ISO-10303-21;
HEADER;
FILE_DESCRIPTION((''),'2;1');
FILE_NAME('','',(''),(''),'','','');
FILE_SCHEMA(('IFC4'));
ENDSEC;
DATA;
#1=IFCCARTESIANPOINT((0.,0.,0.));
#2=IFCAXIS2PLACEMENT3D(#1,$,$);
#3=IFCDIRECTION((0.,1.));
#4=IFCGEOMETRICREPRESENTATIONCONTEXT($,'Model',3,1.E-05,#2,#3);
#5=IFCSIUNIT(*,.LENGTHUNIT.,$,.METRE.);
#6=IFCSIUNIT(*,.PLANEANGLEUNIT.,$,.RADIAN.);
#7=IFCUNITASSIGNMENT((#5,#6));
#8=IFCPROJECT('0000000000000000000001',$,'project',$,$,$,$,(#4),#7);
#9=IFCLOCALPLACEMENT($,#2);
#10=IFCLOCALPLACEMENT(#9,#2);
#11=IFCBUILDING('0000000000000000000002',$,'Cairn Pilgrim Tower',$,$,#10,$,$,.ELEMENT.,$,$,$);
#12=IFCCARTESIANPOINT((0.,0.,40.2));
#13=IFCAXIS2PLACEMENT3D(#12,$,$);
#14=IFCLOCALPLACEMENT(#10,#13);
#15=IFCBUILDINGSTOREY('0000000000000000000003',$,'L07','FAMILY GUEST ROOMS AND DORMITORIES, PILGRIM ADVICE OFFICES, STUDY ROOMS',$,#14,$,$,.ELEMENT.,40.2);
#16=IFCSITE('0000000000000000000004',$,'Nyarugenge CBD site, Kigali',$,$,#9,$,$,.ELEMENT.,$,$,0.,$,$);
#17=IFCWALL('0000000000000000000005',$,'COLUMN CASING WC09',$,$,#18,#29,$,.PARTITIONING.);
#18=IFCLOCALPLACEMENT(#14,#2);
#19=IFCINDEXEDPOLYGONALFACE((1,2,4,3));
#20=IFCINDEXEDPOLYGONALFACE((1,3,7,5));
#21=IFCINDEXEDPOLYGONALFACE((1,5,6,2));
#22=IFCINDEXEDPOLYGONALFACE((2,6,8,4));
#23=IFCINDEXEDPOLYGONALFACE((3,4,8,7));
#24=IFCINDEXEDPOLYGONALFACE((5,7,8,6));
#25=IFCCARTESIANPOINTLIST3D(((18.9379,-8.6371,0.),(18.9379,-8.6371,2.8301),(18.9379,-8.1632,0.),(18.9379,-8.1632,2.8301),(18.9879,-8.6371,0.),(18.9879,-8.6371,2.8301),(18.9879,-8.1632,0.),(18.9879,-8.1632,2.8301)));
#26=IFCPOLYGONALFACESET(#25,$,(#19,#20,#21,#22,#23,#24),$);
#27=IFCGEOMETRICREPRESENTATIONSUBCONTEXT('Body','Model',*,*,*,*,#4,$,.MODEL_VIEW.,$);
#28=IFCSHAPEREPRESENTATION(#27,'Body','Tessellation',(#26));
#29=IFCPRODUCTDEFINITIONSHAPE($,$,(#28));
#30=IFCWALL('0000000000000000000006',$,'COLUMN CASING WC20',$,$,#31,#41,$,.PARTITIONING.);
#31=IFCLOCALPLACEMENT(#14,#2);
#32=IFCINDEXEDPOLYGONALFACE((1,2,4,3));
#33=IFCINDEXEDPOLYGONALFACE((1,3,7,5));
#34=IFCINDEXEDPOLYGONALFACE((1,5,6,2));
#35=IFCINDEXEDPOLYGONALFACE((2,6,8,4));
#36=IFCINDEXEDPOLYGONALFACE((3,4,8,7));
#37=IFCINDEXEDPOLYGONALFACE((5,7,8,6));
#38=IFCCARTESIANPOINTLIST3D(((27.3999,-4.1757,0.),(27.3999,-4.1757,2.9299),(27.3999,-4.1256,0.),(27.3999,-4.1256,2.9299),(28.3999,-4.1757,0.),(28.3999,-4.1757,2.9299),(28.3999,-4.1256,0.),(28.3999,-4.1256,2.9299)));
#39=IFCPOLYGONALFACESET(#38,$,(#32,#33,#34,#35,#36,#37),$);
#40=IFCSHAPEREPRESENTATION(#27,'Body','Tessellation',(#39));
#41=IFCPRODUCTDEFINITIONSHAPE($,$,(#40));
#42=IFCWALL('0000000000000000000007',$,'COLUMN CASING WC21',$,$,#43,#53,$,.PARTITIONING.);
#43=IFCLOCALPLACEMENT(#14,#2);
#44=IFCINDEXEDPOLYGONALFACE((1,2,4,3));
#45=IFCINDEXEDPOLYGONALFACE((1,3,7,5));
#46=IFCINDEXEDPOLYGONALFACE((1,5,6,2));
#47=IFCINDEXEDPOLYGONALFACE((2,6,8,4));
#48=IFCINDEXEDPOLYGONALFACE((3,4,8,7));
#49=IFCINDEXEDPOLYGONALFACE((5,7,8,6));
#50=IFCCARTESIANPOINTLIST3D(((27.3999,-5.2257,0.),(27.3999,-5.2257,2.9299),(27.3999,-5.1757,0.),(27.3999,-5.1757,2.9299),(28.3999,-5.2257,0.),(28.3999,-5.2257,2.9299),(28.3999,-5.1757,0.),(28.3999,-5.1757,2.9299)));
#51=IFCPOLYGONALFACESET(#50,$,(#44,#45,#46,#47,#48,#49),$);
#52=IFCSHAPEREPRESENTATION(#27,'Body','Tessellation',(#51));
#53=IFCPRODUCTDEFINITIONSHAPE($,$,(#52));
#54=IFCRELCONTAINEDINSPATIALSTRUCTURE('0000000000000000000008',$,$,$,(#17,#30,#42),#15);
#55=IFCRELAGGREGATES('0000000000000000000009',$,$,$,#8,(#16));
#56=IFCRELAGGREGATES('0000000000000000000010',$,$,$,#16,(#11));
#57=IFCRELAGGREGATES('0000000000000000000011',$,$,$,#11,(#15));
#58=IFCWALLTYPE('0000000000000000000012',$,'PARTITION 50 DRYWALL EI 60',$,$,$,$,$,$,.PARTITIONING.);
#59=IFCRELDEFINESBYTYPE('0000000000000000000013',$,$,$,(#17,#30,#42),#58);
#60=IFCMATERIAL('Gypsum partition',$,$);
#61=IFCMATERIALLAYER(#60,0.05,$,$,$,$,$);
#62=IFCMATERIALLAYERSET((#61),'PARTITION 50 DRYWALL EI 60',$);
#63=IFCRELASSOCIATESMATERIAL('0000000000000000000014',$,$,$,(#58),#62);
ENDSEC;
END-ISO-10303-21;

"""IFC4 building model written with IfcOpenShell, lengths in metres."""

from ifc_helpers import new_model, si_unit, direction, frame, frame_2d, origin, place, context, subcontext, project, spatial, rectangle, extrude, material, layer, layer_set, type_object, element, save


model = new_model("IFC4")

# Units and contexts
model_context = context("Model", 3, precision=1e-05, world=origin(), true_north=direction((0.0, 1.0)))
body_context = subcontext(model_context, "Body", "Model", "MODEL_VIEW")
ifc_project = project(units=[si_unit("LENGTHUNIT", "METRE"), si_unit("PLANEANGLEUNIT", "RADIAN")], contexts=[model_context])

# Site, building, storey
site_placement = place(None, origin())
site = spatial("IfcSite", under=ifc_project, at=site_placement, Name="Nyarugenge CBD site, Kigali", CompositionType="ELEMENT", RefElevation=0.0)
building_placement = place(site_placement, origin())
building = spatial("IfcBuilding", under=site, at=building_placement, Name="Cairn Pilgrim Tower", CompositionType="ELEMENT")
storey_placement = place(building_placement, frame((0.0, 0.0, 40.2)))
storey = spatial("IfcBuildingStorey", under=building, at=storey_placement, Name="L07", Description="FAMILY GUEST ROOMS AND DORMITORIES, PILGRIM ADVICE OFFICES, STUDY ROOMS", CompositionType="ELEMENT", Elevation=40.2)

# Shared definitions
ifc_material_1 = material(Name="Gypsum partition")

# Walls
ifc_layer_1 = layer(ifc_material_1, 0.05)
ifc_layer_set_1 = layer_set([ifc_layer_1], Name="PARTITION 50 DRYWALL EI 60")
wall_type_1 = type_object("IfcWallType", Name="PARTITION 50 DRYWALL EI 60", PredefinedType="PARTITIONING", material=ifc_layer_set_1)
wall_1_placement = place(storey_placement, frame((18.9629, -8.637, 0.0), z_axis=(0.0, 0.0, 1.0), x_axis=(0.0, 1.0, 0.0)))
element("IfcWall", 1, at=wall_1_placement, inside=storey, type_object=wall_type_1, Name="COLUMN CASING WC09", PredefinedType="PARTITIONING", context=body_context, shape_type="SweptSolid", body=[
    extrude(rectangle(XDim=0.4739, YDim=0.05, at=frame_2d((0.2368, 0.0))), origin(), (0.0, 0.0, 1.0), 2.8301),
])
for number, where, z_axis, x_axis, name in (
    (2, (27.3999, -4.1506, 0.0), (0.0, 0.0, 1.0), (1.0, 0.0, 0.0), "COLUMN CASING WC20"),
    (3, (27.3999, -5.2007, 0.0), (0.0, 0.0, 1.0), (1.0, 0.0, 0.0), "COLUMN CASING WC21"),
):
    element("IfcWall", number, at=place(storey_placement, frame(where, z_axis=z_axis, x_axis=x_axis)), inside=storey, type_object=wall_type_1, Name=name, PredefinedType="PARTITIONING", context=body_context, shape_type="SweptSolid", body=[
        extrude(rectangle(XDim=1.0, YDim=0.05, at=frame_2d((0.5, 0.0))), origin(), (0.0, 0.0, 1.0), 2.9299),
    ])

save(model, "model.ifc")
